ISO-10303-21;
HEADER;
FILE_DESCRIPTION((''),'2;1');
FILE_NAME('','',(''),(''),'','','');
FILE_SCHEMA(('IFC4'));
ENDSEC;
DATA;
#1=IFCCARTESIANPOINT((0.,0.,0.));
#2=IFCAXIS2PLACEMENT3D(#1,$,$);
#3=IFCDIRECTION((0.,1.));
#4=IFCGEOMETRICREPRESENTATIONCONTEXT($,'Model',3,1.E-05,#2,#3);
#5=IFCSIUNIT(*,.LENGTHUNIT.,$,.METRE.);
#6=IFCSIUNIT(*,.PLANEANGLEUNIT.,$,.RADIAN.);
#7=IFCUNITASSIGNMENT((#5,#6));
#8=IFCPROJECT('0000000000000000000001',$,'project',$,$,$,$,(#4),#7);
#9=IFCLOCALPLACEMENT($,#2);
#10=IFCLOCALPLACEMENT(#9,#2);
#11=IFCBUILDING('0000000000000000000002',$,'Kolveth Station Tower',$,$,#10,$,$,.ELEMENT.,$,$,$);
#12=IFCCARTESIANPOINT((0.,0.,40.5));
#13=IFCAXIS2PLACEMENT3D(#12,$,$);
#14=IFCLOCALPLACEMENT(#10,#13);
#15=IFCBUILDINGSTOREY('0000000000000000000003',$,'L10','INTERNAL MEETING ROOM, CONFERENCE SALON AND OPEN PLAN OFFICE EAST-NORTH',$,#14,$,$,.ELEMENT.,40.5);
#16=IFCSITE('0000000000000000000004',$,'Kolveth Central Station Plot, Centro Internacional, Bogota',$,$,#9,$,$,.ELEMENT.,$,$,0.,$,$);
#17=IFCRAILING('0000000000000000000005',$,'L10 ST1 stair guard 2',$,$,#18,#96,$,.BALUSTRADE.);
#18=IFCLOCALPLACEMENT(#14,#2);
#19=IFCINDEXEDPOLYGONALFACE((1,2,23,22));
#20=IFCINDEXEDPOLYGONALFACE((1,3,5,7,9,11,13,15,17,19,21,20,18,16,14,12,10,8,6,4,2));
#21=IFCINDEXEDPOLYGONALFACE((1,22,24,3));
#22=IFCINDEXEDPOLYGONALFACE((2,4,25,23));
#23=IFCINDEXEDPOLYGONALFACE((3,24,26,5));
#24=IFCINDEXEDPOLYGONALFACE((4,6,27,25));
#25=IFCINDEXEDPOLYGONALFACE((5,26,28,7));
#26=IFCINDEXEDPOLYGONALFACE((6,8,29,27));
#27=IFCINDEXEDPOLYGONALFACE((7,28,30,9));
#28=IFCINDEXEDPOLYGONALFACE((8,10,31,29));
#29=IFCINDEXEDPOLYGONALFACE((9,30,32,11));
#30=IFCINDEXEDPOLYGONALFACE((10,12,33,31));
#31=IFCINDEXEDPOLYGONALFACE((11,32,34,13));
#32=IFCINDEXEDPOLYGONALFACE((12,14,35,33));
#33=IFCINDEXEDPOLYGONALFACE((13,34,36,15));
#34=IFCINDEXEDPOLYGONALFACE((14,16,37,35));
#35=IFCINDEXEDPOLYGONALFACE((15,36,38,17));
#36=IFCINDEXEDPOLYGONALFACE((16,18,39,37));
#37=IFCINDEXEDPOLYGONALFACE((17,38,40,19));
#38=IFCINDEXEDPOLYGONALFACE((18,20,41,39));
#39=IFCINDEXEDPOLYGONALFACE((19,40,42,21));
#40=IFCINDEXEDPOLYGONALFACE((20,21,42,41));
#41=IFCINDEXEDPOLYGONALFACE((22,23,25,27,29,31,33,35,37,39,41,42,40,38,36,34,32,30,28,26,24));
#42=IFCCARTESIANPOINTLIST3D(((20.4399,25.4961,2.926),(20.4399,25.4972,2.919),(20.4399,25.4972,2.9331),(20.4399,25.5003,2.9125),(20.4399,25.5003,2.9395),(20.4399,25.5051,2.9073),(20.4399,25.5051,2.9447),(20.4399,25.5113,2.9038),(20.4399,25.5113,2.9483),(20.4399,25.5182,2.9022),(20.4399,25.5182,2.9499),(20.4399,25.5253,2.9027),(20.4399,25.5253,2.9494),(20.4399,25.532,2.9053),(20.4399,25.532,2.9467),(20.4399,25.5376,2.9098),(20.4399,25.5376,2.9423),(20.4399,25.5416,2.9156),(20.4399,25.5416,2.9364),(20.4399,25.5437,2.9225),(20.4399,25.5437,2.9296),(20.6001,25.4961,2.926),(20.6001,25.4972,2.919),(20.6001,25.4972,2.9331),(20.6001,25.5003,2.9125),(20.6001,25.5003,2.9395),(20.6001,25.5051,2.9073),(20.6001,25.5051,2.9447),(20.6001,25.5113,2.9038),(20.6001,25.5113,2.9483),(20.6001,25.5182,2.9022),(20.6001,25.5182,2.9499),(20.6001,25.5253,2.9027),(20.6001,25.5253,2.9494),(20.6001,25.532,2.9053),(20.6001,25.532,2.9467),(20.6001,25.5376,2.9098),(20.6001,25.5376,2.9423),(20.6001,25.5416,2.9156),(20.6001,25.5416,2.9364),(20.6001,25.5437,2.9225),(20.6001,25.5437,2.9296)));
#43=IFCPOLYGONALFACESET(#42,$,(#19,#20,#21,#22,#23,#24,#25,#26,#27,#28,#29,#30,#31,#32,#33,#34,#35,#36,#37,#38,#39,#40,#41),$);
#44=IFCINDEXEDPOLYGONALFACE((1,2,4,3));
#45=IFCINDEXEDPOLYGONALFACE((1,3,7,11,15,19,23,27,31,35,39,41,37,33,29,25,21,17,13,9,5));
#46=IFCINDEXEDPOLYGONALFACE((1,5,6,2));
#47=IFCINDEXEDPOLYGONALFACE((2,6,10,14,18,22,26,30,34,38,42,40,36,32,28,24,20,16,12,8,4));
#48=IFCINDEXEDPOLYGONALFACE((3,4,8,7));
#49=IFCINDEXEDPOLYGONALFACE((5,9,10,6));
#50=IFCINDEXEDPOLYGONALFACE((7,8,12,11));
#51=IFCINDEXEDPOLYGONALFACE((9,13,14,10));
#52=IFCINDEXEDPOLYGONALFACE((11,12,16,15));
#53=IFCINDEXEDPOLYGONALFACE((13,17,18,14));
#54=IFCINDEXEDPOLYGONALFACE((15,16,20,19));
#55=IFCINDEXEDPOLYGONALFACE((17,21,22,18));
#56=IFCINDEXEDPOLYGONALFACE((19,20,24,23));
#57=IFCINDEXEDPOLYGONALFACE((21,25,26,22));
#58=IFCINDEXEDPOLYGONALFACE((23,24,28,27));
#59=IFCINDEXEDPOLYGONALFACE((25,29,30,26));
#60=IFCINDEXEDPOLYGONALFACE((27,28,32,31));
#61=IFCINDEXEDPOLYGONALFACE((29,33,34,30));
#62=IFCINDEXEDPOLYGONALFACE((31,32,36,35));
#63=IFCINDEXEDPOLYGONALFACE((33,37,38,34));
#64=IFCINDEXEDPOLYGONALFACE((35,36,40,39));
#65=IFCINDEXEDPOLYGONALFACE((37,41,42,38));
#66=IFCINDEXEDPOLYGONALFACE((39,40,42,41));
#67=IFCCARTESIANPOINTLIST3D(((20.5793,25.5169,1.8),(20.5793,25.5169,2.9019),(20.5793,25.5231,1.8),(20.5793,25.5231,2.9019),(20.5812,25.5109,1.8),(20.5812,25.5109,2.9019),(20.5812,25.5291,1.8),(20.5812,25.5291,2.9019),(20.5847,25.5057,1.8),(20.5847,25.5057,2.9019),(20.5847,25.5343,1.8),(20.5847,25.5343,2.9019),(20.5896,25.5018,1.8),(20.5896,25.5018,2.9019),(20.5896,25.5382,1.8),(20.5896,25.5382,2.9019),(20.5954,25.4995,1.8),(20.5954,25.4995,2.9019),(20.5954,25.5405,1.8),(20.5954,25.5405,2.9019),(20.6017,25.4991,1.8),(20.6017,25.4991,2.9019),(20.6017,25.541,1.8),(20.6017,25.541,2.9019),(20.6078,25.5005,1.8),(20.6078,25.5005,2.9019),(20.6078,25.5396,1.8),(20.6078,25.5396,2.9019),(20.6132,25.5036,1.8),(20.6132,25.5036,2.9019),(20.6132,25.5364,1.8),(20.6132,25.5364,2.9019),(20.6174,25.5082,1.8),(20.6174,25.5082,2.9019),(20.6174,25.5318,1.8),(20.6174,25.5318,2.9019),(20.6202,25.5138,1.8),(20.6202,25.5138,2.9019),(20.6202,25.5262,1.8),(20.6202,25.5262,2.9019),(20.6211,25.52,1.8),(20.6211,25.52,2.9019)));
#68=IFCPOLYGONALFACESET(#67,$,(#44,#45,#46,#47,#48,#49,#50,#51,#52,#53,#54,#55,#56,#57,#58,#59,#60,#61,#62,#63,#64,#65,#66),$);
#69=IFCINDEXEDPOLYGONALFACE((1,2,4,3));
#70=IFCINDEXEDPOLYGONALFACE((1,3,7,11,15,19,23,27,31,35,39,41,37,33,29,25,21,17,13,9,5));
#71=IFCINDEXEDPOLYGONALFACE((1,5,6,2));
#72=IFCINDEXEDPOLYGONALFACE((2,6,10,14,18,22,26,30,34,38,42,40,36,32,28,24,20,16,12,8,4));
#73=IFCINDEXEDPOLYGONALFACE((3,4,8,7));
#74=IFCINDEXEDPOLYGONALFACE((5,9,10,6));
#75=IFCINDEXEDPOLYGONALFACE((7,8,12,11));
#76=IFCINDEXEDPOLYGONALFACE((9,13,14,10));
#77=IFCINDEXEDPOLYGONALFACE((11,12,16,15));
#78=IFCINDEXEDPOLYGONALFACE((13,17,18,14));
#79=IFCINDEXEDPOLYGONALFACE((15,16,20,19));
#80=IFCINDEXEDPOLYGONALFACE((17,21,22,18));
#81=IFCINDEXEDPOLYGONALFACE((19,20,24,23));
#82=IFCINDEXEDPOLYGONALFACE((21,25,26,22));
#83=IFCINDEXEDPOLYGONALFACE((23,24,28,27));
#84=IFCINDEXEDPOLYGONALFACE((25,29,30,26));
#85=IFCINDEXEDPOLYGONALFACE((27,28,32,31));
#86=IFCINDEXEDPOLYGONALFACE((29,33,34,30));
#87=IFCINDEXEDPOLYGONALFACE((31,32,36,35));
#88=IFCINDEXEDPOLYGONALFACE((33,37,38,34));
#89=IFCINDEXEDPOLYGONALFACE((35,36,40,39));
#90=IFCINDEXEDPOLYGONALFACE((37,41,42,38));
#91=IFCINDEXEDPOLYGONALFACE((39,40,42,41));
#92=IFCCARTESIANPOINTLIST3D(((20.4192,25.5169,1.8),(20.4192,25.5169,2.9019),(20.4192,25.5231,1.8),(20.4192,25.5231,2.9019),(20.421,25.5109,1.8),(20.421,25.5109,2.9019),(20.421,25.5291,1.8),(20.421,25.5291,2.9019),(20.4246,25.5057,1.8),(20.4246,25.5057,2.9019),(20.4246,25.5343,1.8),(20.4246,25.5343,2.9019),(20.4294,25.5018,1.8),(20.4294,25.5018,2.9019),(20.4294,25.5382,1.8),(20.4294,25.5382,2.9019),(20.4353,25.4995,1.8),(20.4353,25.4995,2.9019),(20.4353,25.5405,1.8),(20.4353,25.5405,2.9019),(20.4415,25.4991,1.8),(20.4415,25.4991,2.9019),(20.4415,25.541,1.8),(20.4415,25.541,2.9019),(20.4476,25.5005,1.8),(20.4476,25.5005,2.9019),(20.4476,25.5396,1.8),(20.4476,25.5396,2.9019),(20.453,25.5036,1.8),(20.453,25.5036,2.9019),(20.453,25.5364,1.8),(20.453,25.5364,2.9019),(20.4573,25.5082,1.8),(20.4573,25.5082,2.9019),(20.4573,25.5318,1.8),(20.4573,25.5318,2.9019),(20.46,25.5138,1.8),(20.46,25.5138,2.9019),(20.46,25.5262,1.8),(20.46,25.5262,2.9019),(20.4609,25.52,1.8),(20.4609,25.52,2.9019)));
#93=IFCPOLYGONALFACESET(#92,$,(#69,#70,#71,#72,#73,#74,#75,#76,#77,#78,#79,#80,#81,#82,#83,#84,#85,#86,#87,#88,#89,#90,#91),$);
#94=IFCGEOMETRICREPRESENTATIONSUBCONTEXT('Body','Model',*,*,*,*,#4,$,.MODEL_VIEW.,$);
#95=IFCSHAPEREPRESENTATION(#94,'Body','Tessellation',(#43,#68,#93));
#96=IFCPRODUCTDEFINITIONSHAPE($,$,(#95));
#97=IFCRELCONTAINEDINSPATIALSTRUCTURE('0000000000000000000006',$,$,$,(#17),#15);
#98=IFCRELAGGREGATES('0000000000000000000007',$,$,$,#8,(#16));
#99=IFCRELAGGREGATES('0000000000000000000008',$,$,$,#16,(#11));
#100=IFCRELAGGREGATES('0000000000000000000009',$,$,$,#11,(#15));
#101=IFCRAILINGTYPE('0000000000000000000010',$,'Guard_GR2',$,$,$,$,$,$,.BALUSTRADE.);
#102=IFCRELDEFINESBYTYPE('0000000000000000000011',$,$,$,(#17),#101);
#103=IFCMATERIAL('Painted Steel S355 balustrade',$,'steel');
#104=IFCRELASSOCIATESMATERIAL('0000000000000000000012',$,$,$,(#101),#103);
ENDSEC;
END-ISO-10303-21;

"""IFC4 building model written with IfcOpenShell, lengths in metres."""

from ifc_helpers import new_model, si_unit, direction, frame, origin, origin_2d, place, context, subcontext, project, spatial, circle, extrude, material, type_object, element, save


model = new_model("IFC4")

# Units and contexts
model_context = context("Model", 3, precision=1e-05, world=origin(), true_north=direction((0.0, 1.0)))
body_context = subcontext(model_context, "Body", "Model", "MODEL_VIEW")
ifc_project = project(units=[si_unit("LENGTHUNIT", "METRE"), si_unit("PLANEANGLEUNIT", "RADIAN")], contexts=[model_context])

# Site, building, storey
site_placement = place(None, origin())
site = spatial("IfcSite", under=ifc_project, at=site_placement, Name="Kolveth Central Station Plot, Centro Internacional, Bogota", CompositionType="ELEMENT", RefElevation=0.0)
building_placement = place(site_placement, origin())
building = spatial("IfcBuilding", under=site, at=building_placement, Name="Kolveth Station Tower", CompositionType="ELEMENT")
storey_placement = place(building_placement, frame((0.0, 0.0, 40.5)))
storey = spatial("IfcBuildingStorey", under=building, at=storey_placement, Name="L10", Description="INTERNAL MEETING ROOM, CONFERENCE SALON AND OPEN PLAN OFFICE EAST-NORTH", CompositionType="ELEMENT", Elevation=40.5)

# Railing
ifc_material_1 = material(Name="Painted Steel S355 balustrade", Category="steel")
railing_type_1 = type_object("IfcRailingType", Name="Guard_GR2", PredefinedType="BALUSTRADE", material=ifc_material_1)
railing_1_placement = place(storey_placement, frame((20.6001, 25.52, 1.8)))
element("IfcRailing", 1, at=railing_1_placement, inside=storey, type_object=railing_type_1, Name="L10 ST1 stair guard 2", PredefinedType="BALUSTRADE", context=body_context, shape_type="SweptSolid", body=[
    extrude(circle(Radius=0.0239, at=origin_2d()), frame((0.0, 0.0, 1.126), z_axis=(-1.0, 0.0, 0.0), x_axis=(0.0, -1.0, 0.0)), (0.0, 0.0, 1.0), 0.1602),
    extrude(circle(Radius=0.021, at=origin_2d()), origin(), (0.0, 0.0, 1.0), 1.1018),
    extrude(circle(Radius=0.021, at=origin_2d()), frame((-0.1602, 0.0, 0.0)), (0.0, 0.0, 1.0), 1.1018),
])

save(model, "model.ifc")
